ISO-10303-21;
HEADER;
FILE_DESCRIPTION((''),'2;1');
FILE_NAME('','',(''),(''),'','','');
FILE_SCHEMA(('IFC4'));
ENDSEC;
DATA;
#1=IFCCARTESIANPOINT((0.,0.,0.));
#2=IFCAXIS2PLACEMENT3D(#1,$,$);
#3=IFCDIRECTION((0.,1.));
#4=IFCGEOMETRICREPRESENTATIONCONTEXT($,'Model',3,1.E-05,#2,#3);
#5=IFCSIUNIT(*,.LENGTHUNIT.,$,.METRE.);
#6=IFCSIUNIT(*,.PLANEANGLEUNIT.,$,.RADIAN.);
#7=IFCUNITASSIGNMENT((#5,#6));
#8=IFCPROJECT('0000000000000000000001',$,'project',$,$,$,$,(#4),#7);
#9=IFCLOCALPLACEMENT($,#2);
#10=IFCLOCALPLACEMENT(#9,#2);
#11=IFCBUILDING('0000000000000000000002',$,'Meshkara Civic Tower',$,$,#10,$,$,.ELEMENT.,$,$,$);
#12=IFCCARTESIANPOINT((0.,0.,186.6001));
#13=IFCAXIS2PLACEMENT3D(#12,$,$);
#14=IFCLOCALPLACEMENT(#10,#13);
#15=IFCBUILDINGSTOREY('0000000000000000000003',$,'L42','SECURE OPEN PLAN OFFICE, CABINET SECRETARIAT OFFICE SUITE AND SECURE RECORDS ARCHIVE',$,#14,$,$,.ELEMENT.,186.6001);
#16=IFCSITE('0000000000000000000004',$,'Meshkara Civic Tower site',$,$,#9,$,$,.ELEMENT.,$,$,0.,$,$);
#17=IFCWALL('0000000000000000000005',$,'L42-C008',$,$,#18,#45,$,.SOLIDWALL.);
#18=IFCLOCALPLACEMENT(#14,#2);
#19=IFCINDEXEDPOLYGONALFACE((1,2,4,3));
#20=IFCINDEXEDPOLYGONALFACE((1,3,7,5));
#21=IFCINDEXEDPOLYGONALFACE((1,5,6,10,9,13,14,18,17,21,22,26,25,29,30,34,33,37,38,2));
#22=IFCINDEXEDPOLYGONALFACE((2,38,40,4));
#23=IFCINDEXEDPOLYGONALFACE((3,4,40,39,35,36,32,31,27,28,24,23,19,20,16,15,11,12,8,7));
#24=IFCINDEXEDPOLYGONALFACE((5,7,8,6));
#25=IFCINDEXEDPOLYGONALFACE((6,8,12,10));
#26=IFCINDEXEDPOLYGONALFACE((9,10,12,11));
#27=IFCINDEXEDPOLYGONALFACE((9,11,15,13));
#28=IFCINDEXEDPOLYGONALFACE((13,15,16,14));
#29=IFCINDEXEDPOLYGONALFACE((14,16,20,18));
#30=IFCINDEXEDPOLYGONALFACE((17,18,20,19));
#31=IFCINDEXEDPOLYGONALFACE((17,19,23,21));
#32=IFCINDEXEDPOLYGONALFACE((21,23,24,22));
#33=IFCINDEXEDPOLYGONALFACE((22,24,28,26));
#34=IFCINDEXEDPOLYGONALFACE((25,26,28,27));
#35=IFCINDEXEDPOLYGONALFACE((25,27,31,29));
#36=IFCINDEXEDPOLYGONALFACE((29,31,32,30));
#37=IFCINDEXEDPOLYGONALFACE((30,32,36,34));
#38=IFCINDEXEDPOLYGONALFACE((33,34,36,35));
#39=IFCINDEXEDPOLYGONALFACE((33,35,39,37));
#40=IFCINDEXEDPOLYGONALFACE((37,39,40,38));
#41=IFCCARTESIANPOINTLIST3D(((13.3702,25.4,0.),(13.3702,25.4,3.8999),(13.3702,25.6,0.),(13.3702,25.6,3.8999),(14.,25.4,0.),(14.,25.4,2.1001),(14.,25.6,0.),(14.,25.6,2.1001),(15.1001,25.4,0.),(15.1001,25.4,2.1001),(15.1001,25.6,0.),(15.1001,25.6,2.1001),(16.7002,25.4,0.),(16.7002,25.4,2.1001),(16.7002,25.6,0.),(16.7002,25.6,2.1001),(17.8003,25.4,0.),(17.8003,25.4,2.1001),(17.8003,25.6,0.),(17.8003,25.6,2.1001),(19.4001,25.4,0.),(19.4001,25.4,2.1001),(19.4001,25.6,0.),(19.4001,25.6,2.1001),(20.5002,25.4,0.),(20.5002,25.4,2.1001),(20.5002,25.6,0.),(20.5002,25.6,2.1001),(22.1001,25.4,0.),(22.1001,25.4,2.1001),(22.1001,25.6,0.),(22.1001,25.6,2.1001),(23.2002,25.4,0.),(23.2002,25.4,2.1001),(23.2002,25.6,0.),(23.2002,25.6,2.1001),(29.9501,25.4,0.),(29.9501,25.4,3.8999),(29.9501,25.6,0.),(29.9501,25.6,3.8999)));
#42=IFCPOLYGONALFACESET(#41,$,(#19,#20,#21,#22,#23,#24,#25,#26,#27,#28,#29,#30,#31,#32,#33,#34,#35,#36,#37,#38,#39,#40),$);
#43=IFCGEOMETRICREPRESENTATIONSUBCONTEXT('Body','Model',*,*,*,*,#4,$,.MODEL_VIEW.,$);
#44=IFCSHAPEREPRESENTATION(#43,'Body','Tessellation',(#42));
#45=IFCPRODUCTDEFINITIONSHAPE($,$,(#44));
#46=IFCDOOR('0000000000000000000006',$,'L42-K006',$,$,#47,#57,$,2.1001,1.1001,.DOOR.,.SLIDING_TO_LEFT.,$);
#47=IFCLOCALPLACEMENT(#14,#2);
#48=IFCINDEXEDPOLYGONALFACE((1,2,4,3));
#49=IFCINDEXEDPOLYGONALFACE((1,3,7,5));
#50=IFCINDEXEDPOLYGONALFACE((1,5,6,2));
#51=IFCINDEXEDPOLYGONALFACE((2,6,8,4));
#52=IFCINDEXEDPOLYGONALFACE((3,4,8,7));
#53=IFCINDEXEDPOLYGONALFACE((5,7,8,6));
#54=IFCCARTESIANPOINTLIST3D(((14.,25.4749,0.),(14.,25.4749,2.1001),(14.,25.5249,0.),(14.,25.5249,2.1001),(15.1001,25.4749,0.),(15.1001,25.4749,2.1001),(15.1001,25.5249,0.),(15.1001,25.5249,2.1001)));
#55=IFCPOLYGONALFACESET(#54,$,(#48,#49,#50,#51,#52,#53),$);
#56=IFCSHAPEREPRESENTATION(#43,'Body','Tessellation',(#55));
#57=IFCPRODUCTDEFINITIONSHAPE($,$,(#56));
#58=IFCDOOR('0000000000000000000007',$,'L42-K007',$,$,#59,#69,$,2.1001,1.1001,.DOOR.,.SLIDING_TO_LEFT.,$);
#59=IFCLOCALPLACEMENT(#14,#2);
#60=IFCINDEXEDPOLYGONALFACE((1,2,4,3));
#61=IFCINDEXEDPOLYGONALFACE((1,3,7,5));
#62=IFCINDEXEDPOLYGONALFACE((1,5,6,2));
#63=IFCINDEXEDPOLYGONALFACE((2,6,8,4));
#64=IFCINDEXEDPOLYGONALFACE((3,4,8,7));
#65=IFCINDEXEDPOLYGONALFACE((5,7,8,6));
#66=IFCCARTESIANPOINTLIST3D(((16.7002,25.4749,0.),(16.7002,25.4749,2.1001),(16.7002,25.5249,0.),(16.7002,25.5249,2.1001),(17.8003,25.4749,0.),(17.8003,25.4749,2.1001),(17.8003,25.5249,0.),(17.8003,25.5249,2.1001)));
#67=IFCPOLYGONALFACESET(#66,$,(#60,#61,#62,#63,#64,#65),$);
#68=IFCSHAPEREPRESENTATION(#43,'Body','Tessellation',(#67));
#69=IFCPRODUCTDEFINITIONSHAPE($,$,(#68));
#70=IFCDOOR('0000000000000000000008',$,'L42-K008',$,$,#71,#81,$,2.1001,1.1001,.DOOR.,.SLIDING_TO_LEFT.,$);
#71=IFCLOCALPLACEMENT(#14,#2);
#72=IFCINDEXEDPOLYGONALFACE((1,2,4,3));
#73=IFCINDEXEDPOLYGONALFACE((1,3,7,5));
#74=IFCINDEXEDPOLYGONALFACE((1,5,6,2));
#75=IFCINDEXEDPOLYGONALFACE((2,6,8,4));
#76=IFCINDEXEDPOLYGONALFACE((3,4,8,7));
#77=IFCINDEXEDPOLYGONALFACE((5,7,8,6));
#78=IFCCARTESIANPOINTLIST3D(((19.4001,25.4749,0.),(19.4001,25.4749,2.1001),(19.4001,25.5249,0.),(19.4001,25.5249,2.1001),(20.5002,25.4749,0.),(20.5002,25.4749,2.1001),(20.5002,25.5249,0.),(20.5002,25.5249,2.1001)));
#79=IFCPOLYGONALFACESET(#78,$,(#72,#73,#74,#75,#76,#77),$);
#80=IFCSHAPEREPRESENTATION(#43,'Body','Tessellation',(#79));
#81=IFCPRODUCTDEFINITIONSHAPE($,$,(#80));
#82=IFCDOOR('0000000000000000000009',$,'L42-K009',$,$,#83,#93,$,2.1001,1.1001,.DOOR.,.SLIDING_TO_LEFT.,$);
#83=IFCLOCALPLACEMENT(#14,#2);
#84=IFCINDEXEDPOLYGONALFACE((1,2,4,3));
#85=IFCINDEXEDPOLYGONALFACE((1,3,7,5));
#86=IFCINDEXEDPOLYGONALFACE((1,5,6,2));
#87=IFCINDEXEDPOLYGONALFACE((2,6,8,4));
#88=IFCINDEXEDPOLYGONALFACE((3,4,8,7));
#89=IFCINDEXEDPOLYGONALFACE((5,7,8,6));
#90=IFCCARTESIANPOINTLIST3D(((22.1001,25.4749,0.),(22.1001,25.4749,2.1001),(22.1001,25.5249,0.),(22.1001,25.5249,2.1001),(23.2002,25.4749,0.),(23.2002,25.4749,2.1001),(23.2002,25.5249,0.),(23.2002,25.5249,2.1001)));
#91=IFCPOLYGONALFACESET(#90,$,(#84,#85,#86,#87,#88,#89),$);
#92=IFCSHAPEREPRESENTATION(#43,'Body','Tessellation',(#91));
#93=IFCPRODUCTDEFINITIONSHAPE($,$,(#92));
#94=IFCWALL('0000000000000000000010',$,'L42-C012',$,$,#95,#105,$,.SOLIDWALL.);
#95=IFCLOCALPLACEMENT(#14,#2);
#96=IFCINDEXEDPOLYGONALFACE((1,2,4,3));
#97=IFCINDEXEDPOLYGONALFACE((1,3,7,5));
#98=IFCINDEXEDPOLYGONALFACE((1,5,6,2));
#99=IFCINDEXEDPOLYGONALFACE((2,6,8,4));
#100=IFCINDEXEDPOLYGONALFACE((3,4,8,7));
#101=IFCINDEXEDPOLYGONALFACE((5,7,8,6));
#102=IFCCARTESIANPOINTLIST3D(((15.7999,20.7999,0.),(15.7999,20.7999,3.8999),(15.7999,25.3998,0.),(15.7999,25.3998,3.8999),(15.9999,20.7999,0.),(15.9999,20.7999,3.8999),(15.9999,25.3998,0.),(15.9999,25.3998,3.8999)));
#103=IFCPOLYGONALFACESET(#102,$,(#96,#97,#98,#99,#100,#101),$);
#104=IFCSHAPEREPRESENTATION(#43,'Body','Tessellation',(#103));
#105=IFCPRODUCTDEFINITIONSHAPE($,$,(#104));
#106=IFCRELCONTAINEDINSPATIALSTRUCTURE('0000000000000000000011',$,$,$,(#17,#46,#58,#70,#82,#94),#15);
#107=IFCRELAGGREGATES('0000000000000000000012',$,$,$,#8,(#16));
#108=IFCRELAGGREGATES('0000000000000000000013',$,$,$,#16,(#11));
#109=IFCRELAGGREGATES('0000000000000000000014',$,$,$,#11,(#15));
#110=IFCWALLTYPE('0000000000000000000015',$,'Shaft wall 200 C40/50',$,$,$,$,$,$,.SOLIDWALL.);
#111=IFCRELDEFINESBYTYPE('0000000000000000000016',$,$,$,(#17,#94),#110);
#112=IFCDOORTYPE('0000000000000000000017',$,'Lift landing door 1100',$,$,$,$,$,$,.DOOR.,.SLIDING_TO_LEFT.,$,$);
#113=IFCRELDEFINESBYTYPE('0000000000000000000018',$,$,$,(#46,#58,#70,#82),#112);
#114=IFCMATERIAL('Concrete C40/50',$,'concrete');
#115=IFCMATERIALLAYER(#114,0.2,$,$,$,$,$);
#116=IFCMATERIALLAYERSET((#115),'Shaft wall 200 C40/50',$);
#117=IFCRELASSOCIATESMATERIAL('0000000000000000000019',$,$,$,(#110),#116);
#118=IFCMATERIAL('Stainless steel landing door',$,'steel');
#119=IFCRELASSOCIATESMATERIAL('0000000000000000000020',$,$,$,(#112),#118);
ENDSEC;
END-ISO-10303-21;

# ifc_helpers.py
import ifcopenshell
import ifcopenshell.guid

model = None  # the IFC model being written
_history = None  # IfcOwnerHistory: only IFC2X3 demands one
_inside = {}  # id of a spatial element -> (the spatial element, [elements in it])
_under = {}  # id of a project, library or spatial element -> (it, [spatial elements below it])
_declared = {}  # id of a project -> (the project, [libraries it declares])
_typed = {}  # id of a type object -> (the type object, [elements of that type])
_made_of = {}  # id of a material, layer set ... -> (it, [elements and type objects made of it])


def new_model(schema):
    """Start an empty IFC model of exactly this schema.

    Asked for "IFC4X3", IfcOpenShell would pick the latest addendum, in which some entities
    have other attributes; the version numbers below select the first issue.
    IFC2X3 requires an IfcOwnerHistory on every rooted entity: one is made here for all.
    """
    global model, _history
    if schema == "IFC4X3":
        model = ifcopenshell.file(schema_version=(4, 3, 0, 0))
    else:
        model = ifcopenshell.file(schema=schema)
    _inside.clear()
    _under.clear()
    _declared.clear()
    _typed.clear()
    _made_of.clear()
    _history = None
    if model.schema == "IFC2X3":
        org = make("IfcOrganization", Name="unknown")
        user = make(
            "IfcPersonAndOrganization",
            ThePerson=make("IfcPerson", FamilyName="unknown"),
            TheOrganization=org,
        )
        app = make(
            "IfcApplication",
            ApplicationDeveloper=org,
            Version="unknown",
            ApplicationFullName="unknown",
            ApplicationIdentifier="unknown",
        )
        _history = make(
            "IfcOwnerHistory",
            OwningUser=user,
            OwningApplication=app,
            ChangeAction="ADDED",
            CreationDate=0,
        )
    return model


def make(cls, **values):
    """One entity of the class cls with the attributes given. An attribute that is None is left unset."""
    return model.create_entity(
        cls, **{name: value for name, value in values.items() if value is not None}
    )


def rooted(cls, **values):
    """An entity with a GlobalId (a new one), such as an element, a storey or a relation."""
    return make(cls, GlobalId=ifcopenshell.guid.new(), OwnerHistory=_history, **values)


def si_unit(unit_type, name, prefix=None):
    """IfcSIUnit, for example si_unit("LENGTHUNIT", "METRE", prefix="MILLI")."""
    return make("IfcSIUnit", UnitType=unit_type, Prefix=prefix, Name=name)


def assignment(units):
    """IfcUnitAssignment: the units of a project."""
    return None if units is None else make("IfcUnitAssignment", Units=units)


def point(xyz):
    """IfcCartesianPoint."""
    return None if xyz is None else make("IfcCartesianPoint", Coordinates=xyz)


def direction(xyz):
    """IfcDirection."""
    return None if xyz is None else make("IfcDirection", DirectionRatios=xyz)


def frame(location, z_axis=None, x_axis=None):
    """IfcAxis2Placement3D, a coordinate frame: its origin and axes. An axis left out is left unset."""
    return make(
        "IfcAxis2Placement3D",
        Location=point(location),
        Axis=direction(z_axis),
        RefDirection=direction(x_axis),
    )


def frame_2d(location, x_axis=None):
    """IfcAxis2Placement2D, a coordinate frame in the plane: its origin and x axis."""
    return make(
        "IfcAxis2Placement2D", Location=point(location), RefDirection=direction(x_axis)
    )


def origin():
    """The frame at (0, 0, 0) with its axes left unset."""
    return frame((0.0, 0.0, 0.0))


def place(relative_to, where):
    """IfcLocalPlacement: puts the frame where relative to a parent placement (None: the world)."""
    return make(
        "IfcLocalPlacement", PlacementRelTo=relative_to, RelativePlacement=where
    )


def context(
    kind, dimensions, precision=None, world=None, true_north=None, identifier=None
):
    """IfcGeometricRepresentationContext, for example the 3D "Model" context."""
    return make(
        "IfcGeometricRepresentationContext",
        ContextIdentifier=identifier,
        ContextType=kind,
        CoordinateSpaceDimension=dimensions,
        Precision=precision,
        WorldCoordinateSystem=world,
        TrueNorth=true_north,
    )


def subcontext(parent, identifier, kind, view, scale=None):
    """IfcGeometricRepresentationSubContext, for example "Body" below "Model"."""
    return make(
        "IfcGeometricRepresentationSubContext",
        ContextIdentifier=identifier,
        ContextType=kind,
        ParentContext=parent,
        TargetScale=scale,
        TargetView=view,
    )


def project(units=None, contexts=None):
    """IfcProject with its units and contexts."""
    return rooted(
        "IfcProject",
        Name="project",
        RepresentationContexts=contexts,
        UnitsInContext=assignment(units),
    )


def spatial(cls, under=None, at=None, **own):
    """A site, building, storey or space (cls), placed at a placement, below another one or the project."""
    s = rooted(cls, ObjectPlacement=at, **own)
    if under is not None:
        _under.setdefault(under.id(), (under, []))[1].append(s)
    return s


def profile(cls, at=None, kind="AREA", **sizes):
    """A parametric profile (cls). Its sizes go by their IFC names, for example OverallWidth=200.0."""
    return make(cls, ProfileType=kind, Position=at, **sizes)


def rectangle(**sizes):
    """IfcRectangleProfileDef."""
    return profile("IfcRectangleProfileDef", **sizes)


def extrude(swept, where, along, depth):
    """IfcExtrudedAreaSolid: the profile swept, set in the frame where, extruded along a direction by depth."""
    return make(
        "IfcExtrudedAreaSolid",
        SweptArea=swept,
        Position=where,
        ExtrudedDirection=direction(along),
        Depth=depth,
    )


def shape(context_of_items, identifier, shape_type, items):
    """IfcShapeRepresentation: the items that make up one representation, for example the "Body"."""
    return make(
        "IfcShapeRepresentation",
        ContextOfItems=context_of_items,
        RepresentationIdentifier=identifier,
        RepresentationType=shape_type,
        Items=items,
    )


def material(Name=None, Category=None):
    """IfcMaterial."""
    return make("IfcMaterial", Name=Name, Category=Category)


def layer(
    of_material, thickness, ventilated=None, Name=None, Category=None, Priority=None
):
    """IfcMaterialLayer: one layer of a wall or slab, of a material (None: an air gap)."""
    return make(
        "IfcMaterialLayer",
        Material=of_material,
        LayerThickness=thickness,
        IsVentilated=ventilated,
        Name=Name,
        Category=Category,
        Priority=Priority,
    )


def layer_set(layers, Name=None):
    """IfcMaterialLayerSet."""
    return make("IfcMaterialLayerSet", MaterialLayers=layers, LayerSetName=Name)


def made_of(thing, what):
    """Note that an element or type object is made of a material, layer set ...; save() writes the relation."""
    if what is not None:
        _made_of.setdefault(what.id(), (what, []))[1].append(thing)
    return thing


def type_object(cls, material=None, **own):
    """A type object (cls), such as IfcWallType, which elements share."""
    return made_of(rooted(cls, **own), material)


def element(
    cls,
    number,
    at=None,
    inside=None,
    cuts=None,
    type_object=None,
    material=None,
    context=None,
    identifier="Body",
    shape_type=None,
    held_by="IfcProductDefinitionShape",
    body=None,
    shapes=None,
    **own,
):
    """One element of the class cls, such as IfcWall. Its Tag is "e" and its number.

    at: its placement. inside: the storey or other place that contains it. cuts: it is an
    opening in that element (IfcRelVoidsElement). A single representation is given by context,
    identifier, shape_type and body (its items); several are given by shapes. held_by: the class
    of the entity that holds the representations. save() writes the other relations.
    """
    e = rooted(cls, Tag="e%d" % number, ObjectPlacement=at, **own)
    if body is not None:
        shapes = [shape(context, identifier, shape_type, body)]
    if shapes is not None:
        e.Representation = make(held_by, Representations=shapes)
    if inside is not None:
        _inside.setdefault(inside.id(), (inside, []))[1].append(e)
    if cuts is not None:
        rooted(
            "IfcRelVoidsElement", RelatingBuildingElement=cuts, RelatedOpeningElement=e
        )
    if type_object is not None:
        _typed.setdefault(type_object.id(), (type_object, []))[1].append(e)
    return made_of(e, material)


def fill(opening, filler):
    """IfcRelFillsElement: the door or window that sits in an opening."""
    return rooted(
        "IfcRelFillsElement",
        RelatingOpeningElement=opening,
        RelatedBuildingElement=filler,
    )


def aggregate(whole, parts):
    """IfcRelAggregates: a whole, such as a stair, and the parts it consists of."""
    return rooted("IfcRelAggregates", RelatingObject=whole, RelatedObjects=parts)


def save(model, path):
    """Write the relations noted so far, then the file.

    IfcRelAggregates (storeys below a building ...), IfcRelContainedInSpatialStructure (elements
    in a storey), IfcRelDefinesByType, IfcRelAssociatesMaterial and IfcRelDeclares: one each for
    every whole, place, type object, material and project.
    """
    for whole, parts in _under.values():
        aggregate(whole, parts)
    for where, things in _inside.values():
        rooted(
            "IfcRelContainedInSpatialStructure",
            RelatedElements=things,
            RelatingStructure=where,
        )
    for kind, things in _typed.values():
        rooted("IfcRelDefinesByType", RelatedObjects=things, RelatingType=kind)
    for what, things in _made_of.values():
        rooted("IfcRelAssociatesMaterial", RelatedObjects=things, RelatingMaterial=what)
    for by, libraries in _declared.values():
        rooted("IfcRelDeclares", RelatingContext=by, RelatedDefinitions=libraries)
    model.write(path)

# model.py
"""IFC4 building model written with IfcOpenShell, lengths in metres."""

from ifc_helpers import new_model, si_unit, direction, frame, frame_2d, origin, place, context, subcontext, project, spatial, rectangle, extrude, material, layer, layer_set, type_object, element, fill, save


model = new_model("IFC4")

# Units and contexts
model_context = context("Model", 3, precision=1e-05, world=origin(), true_north=direction((0.0, 1.0)))
body_context = subcontext(model_context, "Body", "Model", "MODEL_VIEW")
ifc_project = project(units=[si_unit("LENGTHUNIT", "METRE"), si_unit("PLANEANGLEUNIT", "RADIAN")], contexts=[model_context])

# Site, building, storey
site_placement = place(None, origin())
site = spatial("IfcSite", under=ifc_project, at=site_placement, Name="Meshkara Civic Tower site", CompositionType="ELEMENT", RefElevation=0.0)
building_placement = place(site_placement, origin())
building = spatial("IfcBuilding", under=site, at=building_placement, Name="Meshkara Civic Tower", CompositionType="ELEMENT")
storey_placement = place(building_placement, frame((0.0, 0.0, 186.6001)))
storey = spatial("IfcBuildingStorey", under=building, at=storey_placement, Name="L42", Description="SECURE OPEN PLAN OFFICE, CABINET SECRETARIAT OFFICE SUITE AND SECURE RECORDS ARCHIVE", CompositionType="ELEMENT", Elevation=186.6001)

# Wall, openings, doors
ifc_material_1 = material(Name="Concrete C40/50", Category="concrete")
ifc_layer_1 = layer(ifc_material_1, 0.2)
ifc_layer_set_1 = layer_set([ifc_layer_1], Name="Shaft wall 200 C40/50")
wall_type_1 = type_object("IfcWallType", Name="Shaft wall 200 C40/50", PredefinedType="SOLIDWALL", material=ifc_layer_set_1)
ifc_material_2 = material(Name="Stainless steel landing door", Category="steel")
door_type_1 = type_object("IfcDoorType", Name="Lift landing door 1100", OperationType="SLIDING_TO_LEFT", PredefinedType="DOOR", material=ifc_material_2)
wall_1_placement = place(storey_placement, frame((13.3701, 25.5, 0.0), z_axis=(0.0, 0.0, 1.0), x_axis=(1.0, 0.0, 0.0)))
wall_1 = element("IfcWall", 1, at=wall_1_placement, inside=storey, type_object=wall_type_1, Name="L42-C008", PredefinedType="SOLIDWALL", context=body_context, shape_type="SweptSolid", body=[
    extrude(rectangle(XDim=16.5798, YDim=0.2, at=frame_2d((8.29, 0.0))), origin(), (0.0, 0.0, 1.0), 3.8999),
])
opening_1_placement = place(wall_1_placement, frame((0.6299, 0.0, 0.0)))
opening_1 = element("IfcOpeningElement", 2, at=opening_1_placement, cuts=wall_1, PredefinedType="OPENING", context=body_context, shape_type="SweptSolid", body=[
    extrude(rectangle(XDim=1.1001, YDim=2.1001, at=frame_2d((0.55, 1.05))), frame((0.0, 0.1099, 0.0), z_axis=(0.0, -1.0, 0.0), x_axis=(1.0, 0.0, 0.0)), (0.0, 0.0, 1.0), 0.22),
])
opening_2_placement = place(wall_1_placement, frame((3.3301, 0.0, 0.0)))
opening_2 = element("IfcOpeningElement", 3, at=opening_2_placement, cuts=wall_1, PredefinedType="OPENING", context=body_context, shape_type="SweptSolid", body=[
    extrude(rectangle(XDim=1.1001, YDim=2.1001, at=frame_2d((0.55, 1.05))), frame((0.0, 0.1099, 0.0), z_axis=(0.0, -1.0, 0.0), x_axis=(1.0, 0.0, 0.0)), (0.0, 0.0, 1.0), 0.22),
])
opening_3_placement = place(wall_1_placement, frame((6.03, 0.0, 0.0)))
opening_3 = element("IfcOpeningElement", 4, at=opening_3_placement, cuts=wall_1, PredefinedType="OPENING", context=body_context, shape_type="SweptSolid", body=[
    extrude(rectangle(XDim=1.1001, YDim=2.1001, at=frame_2d((0.55, 1.05))), frame((0.0, 0.1099, 0.0), z_axis=(0.0, -1.0, 0.0), x_axis=(1.0, 0.0, 0.0)), (0.0, 0.0, 1.0), 0.22),
])
opening_4_placement = place(wall_1_placement, frame((8.73, 0.0, 0.0)))
opening_4 = element("IfcOpeningElement", 5, at=opening_4_placement, cuts=wall_1, PredefinedType="OPENING", context=body_context, shape_type="SweptSolid", body=[
    extrude(rectangle(XDim=1.1001, YDim=2.1001, at=frame_2d((0.55, 1.05))), frame((0.0, 0.1099, 0.0), z_axis=(0.0, -1.0, 0.0), x_axis=(1.0, 0.0, 0.0)), (0.0, 0.0, 1.0), 0.22),
])
door_1_placement = place(opening_1_placement, origin())
door_1 = element("IfcDoor", 6, at=door_1_placement, inside=storey, type_object=door_type_1, Name="L42-K006", OperationType="SLIDING_TO_LEFT", OverallHeight=2.1001, OverallWidth=1.1001, PredefinedType="DOOR", context=body_context, shape_type="SweptSolid", body=[
    extrude(rectangle(XDim=1.1001, YDim=2.1001, at=frame_2d((0.55, 1.05))), frame((0.0, 0.0249, 0.0), z_axis=(0.0, -1.0, 0.0), x_axis=(1.0, 0.0, 0.0)), (0.0, 0.0, 1.0), 0.05),
])
fill(opening_1, door_1)
door_2_placement = place(opening_2_placement, origin())
door_2 = element("IfcDoor", 7, at=door_2_placement, inside=storey, type_object=door_type_1, Name="L42-K007", OperationType="SLIDING_TO_LEFT", OverallHeight=2.1001, OverallWidth=1.1001, PredefinedType="DOOR", context=body_context, shape_type="SweptSolid", body=[
    extrude(rectangle(XDim=1.1001, YDim=2.1001, at=frame_2d((0.55, 1.05))), frame((0.0, 0.0249, 0.0), z_axis=(0.0, -1.0, 0.0), x_axis=(1.0, 0.0, 0.0)), (0.0, 0.0, 1.0), 0.05),
])
fill(opening_2, door_2)
door_3_placement = place(opening_3_placement, origin())
door_3 = element("IfcDoor", 8, at=door_3_placement, inside=storey, type_object=door_type_1, Name="L42-K008", OperationType="SLIDING_TO_LEFT", OverallHeight=2.1001, OverallWidth=1.1001, PredefinedType="DOOR", context=body_context, shape_type="SweptSolid", body=[
    extrude(rectangle(XDim=1.1001, YDim=2.1001, at=frame_2d((0.55, 1.05))), frame((0.0, 0.0249, 0.0), z_axis=(0.0, -1.0, 0.0), x_axis=(1.0, 0.0, 0.0)), (0.0, 0.0, 1.0), 0.05),
])
fill(opening_3, door_3)
door_4_placement = place(opening_4_placement, origin())
door_4 = element("IfcDoor", 9, at=door_4_placement, inside=storey, type_object=door_type_1, Name="L42-K009", OperationType="SLIDING_TO_LEFT", OverallHeight=2.1001, OverallWidth=1.1001, PredefinedType="DOOR", context=body_context, shape_type="SweptSolid", body=[
    extrude(rectangle(XDim=1.1001, YDim=2.1001, at=frame_2d((0.55, 1.05))), frame((0.0, 0.0249, 0.0), z_axis=(0.0, -1.0, 0.0), x_axis=(1.0, 0.0, 0.0)), (0.0, 0.0, 1.0), 0.05),
])
fill(opening_4, door_4)

# Wall
wall_2_placement = place(storey_placement, frame((15.8999, 20.8, 0.0), z_axis=(0.0, 0.0, 1.0), x_axis=(0.0, 1.0, 0.0)))
element("IfcWall", 10, at=wall_2_placement, inside=storey, type_object=wall_type_1, Name="L42-C012", PredefinedType="SOLIDWALL", context=body_context, shape_type="SweptSolid", body=[
    extrude(rectangle(XDim=4.5999, YDim=0.2, at=frame_2d((2.2998, 0.0))), origin(), (0.0, 0.0, 1.0), 3.8999),
])

save(model, "model.ifc")
